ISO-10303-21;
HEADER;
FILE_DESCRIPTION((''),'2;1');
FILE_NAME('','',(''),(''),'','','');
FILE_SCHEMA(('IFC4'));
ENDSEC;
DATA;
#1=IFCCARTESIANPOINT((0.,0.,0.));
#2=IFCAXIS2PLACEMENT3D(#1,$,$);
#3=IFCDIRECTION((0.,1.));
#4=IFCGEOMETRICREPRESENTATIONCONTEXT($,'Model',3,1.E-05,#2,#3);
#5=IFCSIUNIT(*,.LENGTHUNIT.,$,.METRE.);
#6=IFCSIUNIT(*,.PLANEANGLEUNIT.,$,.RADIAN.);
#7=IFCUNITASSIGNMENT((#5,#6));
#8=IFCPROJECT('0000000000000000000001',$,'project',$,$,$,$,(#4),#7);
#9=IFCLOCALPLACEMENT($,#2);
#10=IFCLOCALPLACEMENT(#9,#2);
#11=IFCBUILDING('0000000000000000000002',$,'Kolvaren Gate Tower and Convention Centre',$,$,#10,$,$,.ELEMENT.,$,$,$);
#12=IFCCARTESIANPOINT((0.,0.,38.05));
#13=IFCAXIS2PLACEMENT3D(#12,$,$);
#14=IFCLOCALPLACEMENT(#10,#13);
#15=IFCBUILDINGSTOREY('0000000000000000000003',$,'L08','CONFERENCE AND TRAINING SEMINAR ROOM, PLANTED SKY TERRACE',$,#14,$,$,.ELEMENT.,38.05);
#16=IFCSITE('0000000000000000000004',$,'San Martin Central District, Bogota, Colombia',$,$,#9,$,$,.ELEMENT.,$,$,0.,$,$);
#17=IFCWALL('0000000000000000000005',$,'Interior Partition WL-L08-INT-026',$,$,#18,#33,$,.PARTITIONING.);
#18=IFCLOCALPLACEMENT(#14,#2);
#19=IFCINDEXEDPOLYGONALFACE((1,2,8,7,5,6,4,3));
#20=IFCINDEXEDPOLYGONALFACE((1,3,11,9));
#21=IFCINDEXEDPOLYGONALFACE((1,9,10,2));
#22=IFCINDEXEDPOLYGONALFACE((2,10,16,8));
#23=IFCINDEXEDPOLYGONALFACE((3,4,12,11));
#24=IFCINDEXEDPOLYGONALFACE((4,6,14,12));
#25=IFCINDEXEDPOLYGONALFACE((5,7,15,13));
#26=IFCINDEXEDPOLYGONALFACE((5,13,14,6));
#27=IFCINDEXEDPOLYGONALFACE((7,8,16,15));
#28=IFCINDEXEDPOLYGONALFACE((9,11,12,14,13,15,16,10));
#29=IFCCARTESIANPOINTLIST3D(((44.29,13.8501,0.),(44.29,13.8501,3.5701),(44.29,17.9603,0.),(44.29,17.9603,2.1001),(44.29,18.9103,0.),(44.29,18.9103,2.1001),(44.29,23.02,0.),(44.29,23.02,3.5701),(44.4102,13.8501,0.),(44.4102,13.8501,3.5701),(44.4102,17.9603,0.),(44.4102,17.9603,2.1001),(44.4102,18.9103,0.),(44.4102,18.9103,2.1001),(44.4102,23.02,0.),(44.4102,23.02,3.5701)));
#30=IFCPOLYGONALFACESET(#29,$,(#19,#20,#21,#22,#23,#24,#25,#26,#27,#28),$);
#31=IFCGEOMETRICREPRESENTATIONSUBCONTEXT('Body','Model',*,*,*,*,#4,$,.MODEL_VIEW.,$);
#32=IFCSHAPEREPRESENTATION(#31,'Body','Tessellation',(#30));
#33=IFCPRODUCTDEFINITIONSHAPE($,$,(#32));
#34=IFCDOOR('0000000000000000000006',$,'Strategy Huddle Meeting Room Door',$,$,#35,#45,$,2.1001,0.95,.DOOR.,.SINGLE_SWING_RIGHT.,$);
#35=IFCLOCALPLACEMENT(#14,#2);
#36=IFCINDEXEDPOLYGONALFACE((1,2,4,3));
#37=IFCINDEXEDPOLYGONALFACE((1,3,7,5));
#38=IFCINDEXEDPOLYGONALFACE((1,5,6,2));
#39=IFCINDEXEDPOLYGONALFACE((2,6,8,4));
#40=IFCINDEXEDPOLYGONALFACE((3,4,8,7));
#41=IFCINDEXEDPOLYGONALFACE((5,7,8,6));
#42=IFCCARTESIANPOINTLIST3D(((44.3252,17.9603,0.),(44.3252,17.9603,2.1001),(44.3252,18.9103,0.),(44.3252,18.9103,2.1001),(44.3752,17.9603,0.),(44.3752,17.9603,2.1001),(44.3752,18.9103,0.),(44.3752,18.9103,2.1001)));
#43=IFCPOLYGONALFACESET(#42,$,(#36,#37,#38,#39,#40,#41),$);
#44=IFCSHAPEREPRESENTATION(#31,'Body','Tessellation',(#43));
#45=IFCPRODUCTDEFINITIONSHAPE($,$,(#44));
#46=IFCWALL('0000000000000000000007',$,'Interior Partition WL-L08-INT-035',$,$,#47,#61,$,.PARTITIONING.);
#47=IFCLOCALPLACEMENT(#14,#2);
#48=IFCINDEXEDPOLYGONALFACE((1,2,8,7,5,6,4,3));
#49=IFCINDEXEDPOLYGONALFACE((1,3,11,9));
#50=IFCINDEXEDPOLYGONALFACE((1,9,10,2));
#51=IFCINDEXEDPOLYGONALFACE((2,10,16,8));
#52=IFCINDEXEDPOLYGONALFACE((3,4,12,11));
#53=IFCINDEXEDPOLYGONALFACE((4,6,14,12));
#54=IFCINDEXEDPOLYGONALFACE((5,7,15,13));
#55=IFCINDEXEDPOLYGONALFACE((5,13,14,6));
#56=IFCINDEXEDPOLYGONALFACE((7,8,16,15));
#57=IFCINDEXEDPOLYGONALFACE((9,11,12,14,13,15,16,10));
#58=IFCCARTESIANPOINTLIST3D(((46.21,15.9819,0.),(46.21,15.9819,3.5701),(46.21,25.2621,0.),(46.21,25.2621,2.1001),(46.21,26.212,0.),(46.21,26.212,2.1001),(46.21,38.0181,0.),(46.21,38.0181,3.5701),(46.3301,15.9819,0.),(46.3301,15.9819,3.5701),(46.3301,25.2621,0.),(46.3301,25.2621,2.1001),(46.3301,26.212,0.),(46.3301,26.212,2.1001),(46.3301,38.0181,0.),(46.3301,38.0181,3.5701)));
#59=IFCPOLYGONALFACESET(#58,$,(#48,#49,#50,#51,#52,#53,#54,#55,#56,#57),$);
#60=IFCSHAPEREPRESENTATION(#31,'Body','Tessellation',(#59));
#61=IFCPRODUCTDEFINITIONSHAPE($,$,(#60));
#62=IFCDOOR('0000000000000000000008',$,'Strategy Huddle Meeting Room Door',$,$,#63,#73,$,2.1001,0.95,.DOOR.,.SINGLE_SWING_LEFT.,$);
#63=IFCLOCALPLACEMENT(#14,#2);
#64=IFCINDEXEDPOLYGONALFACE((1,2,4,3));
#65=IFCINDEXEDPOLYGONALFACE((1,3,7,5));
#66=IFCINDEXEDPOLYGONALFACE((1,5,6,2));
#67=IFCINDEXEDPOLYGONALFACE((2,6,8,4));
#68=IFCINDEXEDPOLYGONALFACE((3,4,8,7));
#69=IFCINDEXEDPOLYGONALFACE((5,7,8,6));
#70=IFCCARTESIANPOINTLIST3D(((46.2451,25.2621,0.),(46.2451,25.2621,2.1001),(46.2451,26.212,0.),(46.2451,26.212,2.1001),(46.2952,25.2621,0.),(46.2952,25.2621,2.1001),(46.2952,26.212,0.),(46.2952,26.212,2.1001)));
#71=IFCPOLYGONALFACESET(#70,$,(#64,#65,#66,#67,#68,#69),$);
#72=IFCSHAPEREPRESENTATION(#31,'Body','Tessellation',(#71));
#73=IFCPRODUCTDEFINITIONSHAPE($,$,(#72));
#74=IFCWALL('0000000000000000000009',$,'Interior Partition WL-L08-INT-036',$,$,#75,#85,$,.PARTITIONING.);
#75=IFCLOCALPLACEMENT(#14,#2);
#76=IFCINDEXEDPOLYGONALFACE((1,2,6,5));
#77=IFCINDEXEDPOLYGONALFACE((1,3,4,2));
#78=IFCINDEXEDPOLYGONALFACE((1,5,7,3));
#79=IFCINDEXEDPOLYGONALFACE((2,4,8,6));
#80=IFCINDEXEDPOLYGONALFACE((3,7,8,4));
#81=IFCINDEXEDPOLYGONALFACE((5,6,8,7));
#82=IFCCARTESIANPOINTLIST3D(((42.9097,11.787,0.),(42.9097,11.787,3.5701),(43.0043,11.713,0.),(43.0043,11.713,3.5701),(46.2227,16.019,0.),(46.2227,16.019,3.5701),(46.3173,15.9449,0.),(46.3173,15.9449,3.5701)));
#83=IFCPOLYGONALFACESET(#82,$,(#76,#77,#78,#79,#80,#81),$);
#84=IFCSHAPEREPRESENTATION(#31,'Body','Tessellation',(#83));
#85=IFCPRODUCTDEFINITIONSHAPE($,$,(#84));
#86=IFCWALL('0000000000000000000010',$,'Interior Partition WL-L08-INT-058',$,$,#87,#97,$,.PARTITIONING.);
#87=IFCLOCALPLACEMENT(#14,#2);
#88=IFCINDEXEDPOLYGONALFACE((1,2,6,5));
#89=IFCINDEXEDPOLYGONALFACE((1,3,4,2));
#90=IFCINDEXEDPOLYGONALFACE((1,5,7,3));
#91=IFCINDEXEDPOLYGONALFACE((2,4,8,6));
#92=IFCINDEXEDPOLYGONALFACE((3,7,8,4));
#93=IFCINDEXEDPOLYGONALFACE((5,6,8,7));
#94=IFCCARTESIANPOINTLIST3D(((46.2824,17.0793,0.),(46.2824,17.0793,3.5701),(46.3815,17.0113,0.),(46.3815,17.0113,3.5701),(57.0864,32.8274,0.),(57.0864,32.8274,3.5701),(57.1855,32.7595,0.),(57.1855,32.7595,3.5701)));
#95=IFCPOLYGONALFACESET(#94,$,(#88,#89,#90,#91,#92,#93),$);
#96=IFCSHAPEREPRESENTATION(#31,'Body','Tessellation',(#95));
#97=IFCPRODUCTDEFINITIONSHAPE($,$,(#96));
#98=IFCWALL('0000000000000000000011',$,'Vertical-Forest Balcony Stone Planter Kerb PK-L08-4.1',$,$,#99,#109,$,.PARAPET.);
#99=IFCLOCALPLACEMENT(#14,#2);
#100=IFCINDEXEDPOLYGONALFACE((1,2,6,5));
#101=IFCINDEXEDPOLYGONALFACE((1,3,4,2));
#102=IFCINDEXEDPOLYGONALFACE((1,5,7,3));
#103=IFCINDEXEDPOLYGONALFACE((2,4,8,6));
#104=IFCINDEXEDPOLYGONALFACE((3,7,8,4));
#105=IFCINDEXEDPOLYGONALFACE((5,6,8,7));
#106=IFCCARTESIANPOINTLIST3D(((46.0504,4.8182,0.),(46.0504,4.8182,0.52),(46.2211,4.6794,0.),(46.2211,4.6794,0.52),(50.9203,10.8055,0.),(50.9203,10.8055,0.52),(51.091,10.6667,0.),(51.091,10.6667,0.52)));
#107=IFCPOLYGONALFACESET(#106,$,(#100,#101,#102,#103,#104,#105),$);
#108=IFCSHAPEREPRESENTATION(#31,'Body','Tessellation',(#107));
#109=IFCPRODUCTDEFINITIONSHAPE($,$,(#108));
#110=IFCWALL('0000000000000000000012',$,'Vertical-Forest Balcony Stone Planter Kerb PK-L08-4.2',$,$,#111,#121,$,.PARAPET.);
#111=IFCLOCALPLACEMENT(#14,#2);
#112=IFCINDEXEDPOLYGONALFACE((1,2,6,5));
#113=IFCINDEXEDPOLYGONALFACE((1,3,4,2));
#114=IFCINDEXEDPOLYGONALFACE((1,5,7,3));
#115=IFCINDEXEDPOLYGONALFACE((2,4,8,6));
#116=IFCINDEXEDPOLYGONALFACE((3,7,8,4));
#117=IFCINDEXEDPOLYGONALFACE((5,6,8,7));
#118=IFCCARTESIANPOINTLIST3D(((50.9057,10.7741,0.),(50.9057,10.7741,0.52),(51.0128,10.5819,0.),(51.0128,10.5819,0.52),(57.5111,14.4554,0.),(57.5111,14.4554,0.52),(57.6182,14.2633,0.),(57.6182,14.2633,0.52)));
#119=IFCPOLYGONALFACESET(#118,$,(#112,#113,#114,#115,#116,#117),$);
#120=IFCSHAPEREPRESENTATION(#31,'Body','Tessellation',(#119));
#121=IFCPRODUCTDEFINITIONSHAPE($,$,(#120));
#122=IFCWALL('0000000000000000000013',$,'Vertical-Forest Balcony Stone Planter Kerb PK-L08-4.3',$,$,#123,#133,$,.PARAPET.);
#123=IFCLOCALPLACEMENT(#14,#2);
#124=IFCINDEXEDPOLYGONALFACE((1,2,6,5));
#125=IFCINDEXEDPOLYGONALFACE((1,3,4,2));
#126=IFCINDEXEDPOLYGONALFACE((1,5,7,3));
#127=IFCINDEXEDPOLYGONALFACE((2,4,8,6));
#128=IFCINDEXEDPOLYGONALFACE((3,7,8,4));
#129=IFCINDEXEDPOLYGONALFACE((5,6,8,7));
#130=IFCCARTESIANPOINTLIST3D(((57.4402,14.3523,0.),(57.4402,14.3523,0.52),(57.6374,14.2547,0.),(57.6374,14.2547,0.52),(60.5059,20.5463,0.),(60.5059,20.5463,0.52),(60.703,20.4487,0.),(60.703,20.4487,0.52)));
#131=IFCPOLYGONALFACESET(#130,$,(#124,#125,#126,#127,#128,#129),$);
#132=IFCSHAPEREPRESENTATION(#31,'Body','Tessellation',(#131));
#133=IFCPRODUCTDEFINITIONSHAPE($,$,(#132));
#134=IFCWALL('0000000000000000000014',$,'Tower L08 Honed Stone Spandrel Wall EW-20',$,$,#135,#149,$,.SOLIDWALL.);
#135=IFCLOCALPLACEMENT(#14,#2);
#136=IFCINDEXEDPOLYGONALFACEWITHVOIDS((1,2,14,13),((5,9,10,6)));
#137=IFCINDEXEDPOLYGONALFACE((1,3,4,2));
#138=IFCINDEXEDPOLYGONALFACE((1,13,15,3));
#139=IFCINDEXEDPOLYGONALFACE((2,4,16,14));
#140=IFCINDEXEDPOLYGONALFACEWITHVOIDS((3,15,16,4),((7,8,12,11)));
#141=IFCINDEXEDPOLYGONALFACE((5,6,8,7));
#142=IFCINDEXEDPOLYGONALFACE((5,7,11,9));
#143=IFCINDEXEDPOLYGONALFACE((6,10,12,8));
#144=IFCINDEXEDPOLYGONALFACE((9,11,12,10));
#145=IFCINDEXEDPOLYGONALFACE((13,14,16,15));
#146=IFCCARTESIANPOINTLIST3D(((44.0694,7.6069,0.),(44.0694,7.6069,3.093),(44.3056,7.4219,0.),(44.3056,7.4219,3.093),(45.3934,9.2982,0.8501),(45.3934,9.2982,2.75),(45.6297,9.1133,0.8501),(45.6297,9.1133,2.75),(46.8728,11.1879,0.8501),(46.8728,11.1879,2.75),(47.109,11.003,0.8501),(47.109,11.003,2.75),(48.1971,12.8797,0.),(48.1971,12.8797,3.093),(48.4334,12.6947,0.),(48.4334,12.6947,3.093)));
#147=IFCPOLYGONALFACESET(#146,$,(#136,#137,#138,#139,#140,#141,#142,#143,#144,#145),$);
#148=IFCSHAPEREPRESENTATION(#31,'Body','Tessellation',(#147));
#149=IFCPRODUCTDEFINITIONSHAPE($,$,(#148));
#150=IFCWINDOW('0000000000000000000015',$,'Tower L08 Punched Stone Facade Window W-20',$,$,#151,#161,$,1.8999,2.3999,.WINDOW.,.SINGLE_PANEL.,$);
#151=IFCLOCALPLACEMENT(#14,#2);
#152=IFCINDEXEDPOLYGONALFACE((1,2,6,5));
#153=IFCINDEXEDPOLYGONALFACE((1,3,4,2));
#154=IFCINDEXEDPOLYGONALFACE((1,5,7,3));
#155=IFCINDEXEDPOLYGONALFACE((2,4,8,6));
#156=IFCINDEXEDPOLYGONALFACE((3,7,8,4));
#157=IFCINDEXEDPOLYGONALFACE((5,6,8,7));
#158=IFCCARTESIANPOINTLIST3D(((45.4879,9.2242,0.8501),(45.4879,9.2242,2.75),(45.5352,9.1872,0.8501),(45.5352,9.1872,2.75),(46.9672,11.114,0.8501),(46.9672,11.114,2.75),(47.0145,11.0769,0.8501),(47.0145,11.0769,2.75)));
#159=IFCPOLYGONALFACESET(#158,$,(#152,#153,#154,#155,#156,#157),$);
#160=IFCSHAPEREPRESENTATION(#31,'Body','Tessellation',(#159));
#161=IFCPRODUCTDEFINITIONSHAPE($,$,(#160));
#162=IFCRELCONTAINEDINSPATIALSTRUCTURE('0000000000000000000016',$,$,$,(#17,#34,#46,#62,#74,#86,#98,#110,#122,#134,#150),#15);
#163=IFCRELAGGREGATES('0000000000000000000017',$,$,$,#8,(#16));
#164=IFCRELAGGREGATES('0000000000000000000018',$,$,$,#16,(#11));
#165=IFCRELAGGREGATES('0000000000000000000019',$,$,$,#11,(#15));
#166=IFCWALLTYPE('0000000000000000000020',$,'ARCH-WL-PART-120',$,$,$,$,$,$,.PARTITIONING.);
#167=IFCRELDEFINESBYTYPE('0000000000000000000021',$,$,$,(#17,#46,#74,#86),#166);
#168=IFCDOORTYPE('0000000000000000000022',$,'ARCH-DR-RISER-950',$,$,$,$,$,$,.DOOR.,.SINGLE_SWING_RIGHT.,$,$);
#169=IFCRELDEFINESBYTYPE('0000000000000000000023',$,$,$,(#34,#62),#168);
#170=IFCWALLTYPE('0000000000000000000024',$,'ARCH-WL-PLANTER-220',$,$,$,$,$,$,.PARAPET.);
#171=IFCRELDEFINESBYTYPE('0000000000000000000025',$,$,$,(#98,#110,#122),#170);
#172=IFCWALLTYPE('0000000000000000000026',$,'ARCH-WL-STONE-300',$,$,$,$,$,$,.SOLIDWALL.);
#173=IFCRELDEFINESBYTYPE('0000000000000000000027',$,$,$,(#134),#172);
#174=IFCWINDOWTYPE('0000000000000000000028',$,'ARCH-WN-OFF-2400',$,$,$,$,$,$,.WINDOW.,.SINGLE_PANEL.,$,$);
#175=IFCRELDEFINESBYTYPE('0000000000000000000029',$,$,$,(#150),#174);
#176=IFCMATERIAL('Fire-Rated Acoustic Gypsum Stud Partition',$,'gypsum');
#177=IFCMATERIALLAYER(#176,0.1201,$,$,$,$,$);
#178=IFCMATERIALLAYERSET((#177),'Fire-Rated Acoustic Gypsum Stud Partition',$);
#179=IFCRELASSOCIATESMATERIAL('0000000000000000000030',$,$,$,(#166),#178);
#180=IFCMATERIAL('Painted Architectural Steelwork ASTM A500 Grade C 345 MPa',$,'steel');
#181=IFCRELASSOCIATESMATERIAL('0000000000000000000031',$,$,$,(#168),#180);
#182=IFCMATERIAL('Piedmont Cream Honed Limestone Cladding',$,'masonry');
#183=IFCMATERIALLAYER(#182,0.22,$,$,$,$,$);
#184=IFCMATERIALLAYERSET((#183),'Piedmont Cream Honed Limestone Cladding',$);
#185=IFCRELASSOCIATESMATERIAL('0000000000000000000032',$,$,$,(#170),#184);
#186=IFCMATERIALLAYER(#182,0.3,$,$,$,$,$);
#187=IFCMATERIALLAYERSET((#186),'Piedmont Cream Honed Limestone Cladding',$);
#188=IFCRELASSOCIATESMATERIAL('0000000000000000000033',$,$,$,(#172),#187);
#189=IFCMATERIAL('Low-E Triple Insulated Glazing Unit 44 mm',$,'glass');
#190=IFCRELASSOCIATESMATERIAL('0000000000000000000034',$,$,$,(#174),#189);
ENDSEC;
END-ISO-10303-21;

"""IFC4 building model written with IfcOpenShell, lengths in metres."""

from ifc_helpers import new_model, si_unit, direction, frame, frame_2d, origin, place, context, subcontext, project, spatial, rectangle, extrude, material, layer, layer_set, type_object, element, fill, save


model = new_model("IFC4")

# Units and contexts
model_context = context("Model", 3, precision=1e-05, world=origin(), true_north=direction((0.0, 1.0)))
body_context = subcontext(model_context, "Body", "Model", "MODEL_VIEW")
ifc_project = project(units=[si_unit("LENGTHUNIT", "METRE"), si_unit("PLANEANGLEUNIT", "RADIAN")], contexts=[model_context])

# Site, building, storey
site_placement = place(None, origin())
site = spatial("IfcSite", under=ifc_project, at=site_placement, Name="San Martin Central District, Bogota, Colombia", CompositionType="ELEMENT", RefElevation=0.0)
building_placement = place(site_placement, origin())
building = spatial("IfcBuilding", under=site, at=building_placement, Name="Kolvaren Gate Tower and Convention Centre", CompositionType="ELEMENT")
storey_placement = place(building_placement, frame((0.0, 0.0, 38.05)))
storey = spatial("IfcBuildingStorey", under=building, at=storey_placement, Name="L08", Description="CONFERENCE AND TRAINING SEMINAR ROOM, PLANTED SKY TERRACE", CompositionType="ELEMENT", Elevation=38.05)

# Walls, openings, doors
ifc_material_1 = material(Name="Fire-Rated Acoustic Gypsum Stud Partition", Category="gypsum")
ifc_layer_1 = layer(ifc_material_1, 0.1201)
ifc_layer_set_1 = layer_set([ifc_layer_1], Name="Fire-Rated Acoustic Gypsum Stud Partition")
wall_type_1 = type_object("IfcWallType", Name="ARCH-WL-PART-120", PredefinedType="PARTITIONING", material=ifc_layer_set_1)
wall_1_placement = place(storey_placement, frame((44.3501, 13.8501, 0.0), z_axis=(0.0, 0.0, 1.0), x_axis=(0.0, 1.0, 0.0)))
wall_1 = element("IfcWall", 1, at=wall_1_placement, inside=storey, type_object=wall_type_1, Name="Interior Partition WL-L08-INT-026", PredefinedType="PARTITIONING", context=body_context, shape_type="SweptSolid", body=[
    extrude(rectangle(XDim=9.1699, YDim=0.1201, at=frame_2d((4.585, 0.0))), origin(), (0.0, 0.0, 1.0), 3.5701),
])
opening_1_placement = place(wall_1_placement, frame((4.1101, 0.0, 0.0)))
opening_1 = element("IfcOpeningElement", 2, at=opening_1_placement, cuts=wall_1, PredefinedType="OPENING", context=body_context, shape_type="SweptSolid", body=[
    extrude(rectangle(XDim=0.95, YDim=2.1001, at=frame_2d((0.4751, 1.05))), frame((0.0, 0.0701, 0.0), z_axis=(0.0, -1.0, 0.0), x_axis=(1.0, 0.0, 0.0)), (0.0, 0.0, 1.0), 0.1401),
])
ifc_material_2 = material(Name="Painted Architectural Steelwork ASTM A500 Grade C 345 MPa", Category="steel")
door_type_1 = type_object("IfcDoorType", Name="ARCH-DR-RISER-950", OperationType="SINGLE_SWING_RIGHT", PredefinedType="DOOR", material=ifc_material_2)
door_1_placement = place(opening_1_placement, origin())
door_1 = element("IfcDoor", 3, at=door_1_placement, inside=storey, type_object=door_type_1, Name="Strategy Huddle Meeting Room Door", OperationType="SINGLE_SWING_RIGHT", OverallHeight=2.1001, OverallWidth=0.95, PredefinedType="DOOR", context=body_context, shape_type="SweptSolid", body=[
    extrude(rectangle(XDim=0.95, YDim=2.1001, at=frame_2d((0.4751, 1.05))), frame((0.0, 0.0249, 0.0), z_axis=(0.0, -1.0, 0.0), x_axis=(1.0, 0.0, 0.0)), (0.0, 0.0, 1.0), 0.05),
])
fill(opening_1, door_1)
wall_2_placement = place(storey_placement, frame((46.27, 15.9819, 0.0), z_axis=(0.0, 0.0, 1.0), x_axis=(0.0, 1.0, 0.0)))
wall_2 = element("IfcWall", 4, at=wall_2_placement, inside=storey, type_object=wall_type_1, Name="Interior Partition WL-L08-INT-035", PredefinedType="PARTITIONING", context=body_context, shape_type="SweptSolid", body=[
    extrude(rectangle(XDim=22.0361, YDim=0.1201, at=frame_2d((11.0181, 0.0))), origin(), (0.0, 0.0, 1.0), 3.5701),
])
opening_2_placement = place(wall_2_placement, frame((9.28, 0.0, 0.0)))
opening_2 = element("IfcOpeningElement", 5, at=opening_2_placement, cuts=wall_2, PredefinedType="OPENING", context=body_context, shape_type="SweptSolid", body=[
    extrude(rectangle(XDim=0.95, YDim=2.1001, at=frame_2d((0.4751, 1.05))), frame((0.0, 0.0701, 0.0), z_axis=(0.0, -1.0, 0.0), x_axis=(1.0, 0.0, 0.0)), (0.0, 0.0, 1.0), 0.1401),
])
door_2_placement = place(opening_2_placement, origin())
door_2 = element("IfcDoor", 6, at=door_2_placement, inside=storey, type_object=door_type_1, Name="Strategy Huddle Meeting Room Door", OperationType="SINGLE_SWING_LEFT", OverallHeight=2.1001, OverallWidth=0.95, PredefinedType="DOOR", context=body_context, shape_type="SweptSolid", body=[
    extrude(rectangle(XDim=0.95, YDim=2.1001, at=frame_2d((0.4751, 1.05))), frame((0.0, 0.0249, 0.0), z_axis=(0.0, -1.0, 0.0), x_axis=(1.0, 0.0, 0.0)), (0.0, 0.0, 1.0), 0.05),
])
fill(opening_2, door_2)

# Walls
wall_3_placement = place(storey_placement, frame((42.957, 11.75, 0.0), z_axis=(0.0, 0.0, 1.0), x_axis=(0.616428, 0.787411, 0.0)))
element("IfcWall", 7, at=wall_3_placement, inside=storey, type_object=wall_type_1, Name="Interior Partition WL-L08-INT-036", PredefinedType="PARTITIONING", context=body_context, shape_type="SweptSolid", body=[
    extrude(rectangle(XDim=5.3745, YDim=0.1201, at=frame_2d((2.6873, 0.0))), origin(), (0.0, 0.0, 1.0), 3.5701),
])
wall_4_placement = place(storey_placement, frame((46.332, 17.0454, 0.0), z_axis=(0.0, 0.0, 1.0), x_axis=(0.565717, 0.8246, 0.0)))
element("IfcWall", 8, at=wall_4_placement, inside=storey, type_object=wall_type_1, Name="Interior Partition WL-L08-INT-058", PredefinedType="PARTITIONING", context=body_context, shape_type="SweptSolid", body=[
    extrude(rectangle(XDim=19.0979, YDim=0.1201, at=frame_2d((9.5488, 0.0))), origin(), (0.0, 0.0, 1.0), 3.5701),
])
ifc_material_3 = material(Name="Piedmont Cream Honed Limestone Cladding", Category="masonry")
ifc_layer_2 = layer(ifc_material_3, 0.22)
ifc_layer_set_2 = layer_set([ifc_layer_2], Name="Piedmont Cream Honed Limestone Cladding")
wall_type_2 = type_object("IfcWallType", Name="ARCH-WL-PLANTER-220", PredefinedType="PARAPET", material=ifc_layer_set_2)
wall_5_placement = place(storey_placement, frame((46.1357, 4.7488, 0.0), z_axis=(0.0, 0.0, 1.0), x_axis=(0.630997, 0.775785, 0.0)))
element("IfcWall", 9, at=wall_5_placement, inside=storey, type_object=wall_type_2, Name="Vertical-Forest Balcony Stone Planter Kerb PK-L08-4.1", PredefinedType="PARAPET", context=body_context, shape_type="SweptSolid", body=[
    extrude(rectangle(XDim=7.7178, YDim=0.22, at=frame_2d((3.8589, 0.0))), origin(), (0.0, 0.0, 1.0), 0.52),
])
wall_6_placement = place(storey_placement, frame((50.9592, 10.678, 0.0), z_axis=(0.0, 0.0, 1.0), x_axis=(0.8735, 0.486824, 0.0)))
element("IfcWall", 10, at=wall_6_placement, inside=storey, type_object=wall_type_2, Name="Vertical-Forest Balcony Stone Planter Kerb PK-L08-4.2", PredefinedType="PARAPET", context=body_context, shape_type="SweptSolid", body=[
    extrude(rectangle(XDim=7.562, YDim=0.22, at=frame_2d((3.781, 0.0))), origin(), (0.0, 0.0, 1.0), 0.52),
])
wall_7_placement = place(storey_placement, frame((57.5388, 14.3035, 0.0), z_axis=(0.0, 0.0, 1.0), x_axis=(0.443578, 0.896236, 0.0)))
element("IfcWall", 11, at=wall_7_placement, inside=storey, type_object=wall_type_2, Name="Vertical-Forest Balcony Stone Planter Kerb PK-L08-4.3", PredefinedType="PARAPET", context=body_context, shape_type="SweptSolid", body=[
    extrude(rectangle(XDim=6.9111, YDim=0.22, at=frame_2d((3.4556, 0.0))), origin(), (0.0, 0.0, 1.0), 0.52),
])

# Wall, opening, window
ifc_layer_3 = layer(ifc_material_3, 0.3)
ifc_layer_set_3 = layer_set([ifc_layer_3], Name="Piedmont Cream Honed Limestone Cladding")
wall_type_3 = type_object("IfcWallType", Name="ARCH-WL-STONE-300", PredefinedType="SOLIDWALL", material=ifc_layer_set_3)
wall_8_placement = place(storey_placement, frame((44.1875, 7.5144, 0.0), z_axis=(0.0, 0.0, 1.0), x_axis=(0.616421, 0.787417, 0.0)))
wall_8 = element("IfcWall", 12, at=wall_8_placement, inside=storey, type_object=wall_type_3, Name="Tower L08 Honed Stone Spandrel Wall EW-20", PredefinedType="SOLIDWALL", context=body_context, shape_type="SweptSolid", body=[
    extrude(rectangle(XDim=6.6963, YDim=0.3, at=frame_2d((3.3481, 0.0))), origin(), (0.0, 0.0, 1.0), 3.093),
])
opening_3_placement = place(wall_8_placement, frame((2.1479, 0.0, 0.8501)))
opening_3 = element("IfcOpeningElement", 13, at=opening_3_placement, cuts=wall_8, PredefinedType="OPENING", context=body_context, shape_type="SweptSolid", body=[
    extrude(rectangle(XDim=2.3999, YDim=1.8999, at=frame_2d((1.2, 0.95))), frame((0.0, 0.1599, 0.0), z_axis=(0.0, -1.0, 0.0), x_axis=(1.0, 0.0, 0.0)), (0.0, 0.0, 1.0), 0.3201),
])
ifc_material_4 = material(Name="Low-E Triple Insulated Glazing Unit 44 mm", Category="glass")
window_type = type_object("IfcWindowType", Name="ARCH-WN-OFF-2400", PartitioningType="SINGLE_PANEL", PredefinedType="WINDOW", material=ifc_material_4)
window_1_placement = place(opening_3_placement, origin())
window_1 = element("IfcWindow", 14, at=window_1_placement, inside=storey, type_object=window_type, Name="Tower L08 Punched Stone Facade Window W-20", OverallHeight=1.8999, OverallWidth=2.3999, PartitioningType="SINGLE_PANEL", PredefinedType="WINDOW", context=body_context, shape_type="SweptSolid", body=[
    extrude(rectangle(XDim=2.3999, YDim=1.8999, at=frame_2d((1.2, 0.95))), frame((0.0, 0.03, 0.0), z_axis=(0.0, -1.0, 0.0), x_axis=(1.0, 0.0, 0.0)), (0.0, 0.0, 1.0), 0.0601),
])
fill(opening_3, window_1)

save(model, "model.ifc")
